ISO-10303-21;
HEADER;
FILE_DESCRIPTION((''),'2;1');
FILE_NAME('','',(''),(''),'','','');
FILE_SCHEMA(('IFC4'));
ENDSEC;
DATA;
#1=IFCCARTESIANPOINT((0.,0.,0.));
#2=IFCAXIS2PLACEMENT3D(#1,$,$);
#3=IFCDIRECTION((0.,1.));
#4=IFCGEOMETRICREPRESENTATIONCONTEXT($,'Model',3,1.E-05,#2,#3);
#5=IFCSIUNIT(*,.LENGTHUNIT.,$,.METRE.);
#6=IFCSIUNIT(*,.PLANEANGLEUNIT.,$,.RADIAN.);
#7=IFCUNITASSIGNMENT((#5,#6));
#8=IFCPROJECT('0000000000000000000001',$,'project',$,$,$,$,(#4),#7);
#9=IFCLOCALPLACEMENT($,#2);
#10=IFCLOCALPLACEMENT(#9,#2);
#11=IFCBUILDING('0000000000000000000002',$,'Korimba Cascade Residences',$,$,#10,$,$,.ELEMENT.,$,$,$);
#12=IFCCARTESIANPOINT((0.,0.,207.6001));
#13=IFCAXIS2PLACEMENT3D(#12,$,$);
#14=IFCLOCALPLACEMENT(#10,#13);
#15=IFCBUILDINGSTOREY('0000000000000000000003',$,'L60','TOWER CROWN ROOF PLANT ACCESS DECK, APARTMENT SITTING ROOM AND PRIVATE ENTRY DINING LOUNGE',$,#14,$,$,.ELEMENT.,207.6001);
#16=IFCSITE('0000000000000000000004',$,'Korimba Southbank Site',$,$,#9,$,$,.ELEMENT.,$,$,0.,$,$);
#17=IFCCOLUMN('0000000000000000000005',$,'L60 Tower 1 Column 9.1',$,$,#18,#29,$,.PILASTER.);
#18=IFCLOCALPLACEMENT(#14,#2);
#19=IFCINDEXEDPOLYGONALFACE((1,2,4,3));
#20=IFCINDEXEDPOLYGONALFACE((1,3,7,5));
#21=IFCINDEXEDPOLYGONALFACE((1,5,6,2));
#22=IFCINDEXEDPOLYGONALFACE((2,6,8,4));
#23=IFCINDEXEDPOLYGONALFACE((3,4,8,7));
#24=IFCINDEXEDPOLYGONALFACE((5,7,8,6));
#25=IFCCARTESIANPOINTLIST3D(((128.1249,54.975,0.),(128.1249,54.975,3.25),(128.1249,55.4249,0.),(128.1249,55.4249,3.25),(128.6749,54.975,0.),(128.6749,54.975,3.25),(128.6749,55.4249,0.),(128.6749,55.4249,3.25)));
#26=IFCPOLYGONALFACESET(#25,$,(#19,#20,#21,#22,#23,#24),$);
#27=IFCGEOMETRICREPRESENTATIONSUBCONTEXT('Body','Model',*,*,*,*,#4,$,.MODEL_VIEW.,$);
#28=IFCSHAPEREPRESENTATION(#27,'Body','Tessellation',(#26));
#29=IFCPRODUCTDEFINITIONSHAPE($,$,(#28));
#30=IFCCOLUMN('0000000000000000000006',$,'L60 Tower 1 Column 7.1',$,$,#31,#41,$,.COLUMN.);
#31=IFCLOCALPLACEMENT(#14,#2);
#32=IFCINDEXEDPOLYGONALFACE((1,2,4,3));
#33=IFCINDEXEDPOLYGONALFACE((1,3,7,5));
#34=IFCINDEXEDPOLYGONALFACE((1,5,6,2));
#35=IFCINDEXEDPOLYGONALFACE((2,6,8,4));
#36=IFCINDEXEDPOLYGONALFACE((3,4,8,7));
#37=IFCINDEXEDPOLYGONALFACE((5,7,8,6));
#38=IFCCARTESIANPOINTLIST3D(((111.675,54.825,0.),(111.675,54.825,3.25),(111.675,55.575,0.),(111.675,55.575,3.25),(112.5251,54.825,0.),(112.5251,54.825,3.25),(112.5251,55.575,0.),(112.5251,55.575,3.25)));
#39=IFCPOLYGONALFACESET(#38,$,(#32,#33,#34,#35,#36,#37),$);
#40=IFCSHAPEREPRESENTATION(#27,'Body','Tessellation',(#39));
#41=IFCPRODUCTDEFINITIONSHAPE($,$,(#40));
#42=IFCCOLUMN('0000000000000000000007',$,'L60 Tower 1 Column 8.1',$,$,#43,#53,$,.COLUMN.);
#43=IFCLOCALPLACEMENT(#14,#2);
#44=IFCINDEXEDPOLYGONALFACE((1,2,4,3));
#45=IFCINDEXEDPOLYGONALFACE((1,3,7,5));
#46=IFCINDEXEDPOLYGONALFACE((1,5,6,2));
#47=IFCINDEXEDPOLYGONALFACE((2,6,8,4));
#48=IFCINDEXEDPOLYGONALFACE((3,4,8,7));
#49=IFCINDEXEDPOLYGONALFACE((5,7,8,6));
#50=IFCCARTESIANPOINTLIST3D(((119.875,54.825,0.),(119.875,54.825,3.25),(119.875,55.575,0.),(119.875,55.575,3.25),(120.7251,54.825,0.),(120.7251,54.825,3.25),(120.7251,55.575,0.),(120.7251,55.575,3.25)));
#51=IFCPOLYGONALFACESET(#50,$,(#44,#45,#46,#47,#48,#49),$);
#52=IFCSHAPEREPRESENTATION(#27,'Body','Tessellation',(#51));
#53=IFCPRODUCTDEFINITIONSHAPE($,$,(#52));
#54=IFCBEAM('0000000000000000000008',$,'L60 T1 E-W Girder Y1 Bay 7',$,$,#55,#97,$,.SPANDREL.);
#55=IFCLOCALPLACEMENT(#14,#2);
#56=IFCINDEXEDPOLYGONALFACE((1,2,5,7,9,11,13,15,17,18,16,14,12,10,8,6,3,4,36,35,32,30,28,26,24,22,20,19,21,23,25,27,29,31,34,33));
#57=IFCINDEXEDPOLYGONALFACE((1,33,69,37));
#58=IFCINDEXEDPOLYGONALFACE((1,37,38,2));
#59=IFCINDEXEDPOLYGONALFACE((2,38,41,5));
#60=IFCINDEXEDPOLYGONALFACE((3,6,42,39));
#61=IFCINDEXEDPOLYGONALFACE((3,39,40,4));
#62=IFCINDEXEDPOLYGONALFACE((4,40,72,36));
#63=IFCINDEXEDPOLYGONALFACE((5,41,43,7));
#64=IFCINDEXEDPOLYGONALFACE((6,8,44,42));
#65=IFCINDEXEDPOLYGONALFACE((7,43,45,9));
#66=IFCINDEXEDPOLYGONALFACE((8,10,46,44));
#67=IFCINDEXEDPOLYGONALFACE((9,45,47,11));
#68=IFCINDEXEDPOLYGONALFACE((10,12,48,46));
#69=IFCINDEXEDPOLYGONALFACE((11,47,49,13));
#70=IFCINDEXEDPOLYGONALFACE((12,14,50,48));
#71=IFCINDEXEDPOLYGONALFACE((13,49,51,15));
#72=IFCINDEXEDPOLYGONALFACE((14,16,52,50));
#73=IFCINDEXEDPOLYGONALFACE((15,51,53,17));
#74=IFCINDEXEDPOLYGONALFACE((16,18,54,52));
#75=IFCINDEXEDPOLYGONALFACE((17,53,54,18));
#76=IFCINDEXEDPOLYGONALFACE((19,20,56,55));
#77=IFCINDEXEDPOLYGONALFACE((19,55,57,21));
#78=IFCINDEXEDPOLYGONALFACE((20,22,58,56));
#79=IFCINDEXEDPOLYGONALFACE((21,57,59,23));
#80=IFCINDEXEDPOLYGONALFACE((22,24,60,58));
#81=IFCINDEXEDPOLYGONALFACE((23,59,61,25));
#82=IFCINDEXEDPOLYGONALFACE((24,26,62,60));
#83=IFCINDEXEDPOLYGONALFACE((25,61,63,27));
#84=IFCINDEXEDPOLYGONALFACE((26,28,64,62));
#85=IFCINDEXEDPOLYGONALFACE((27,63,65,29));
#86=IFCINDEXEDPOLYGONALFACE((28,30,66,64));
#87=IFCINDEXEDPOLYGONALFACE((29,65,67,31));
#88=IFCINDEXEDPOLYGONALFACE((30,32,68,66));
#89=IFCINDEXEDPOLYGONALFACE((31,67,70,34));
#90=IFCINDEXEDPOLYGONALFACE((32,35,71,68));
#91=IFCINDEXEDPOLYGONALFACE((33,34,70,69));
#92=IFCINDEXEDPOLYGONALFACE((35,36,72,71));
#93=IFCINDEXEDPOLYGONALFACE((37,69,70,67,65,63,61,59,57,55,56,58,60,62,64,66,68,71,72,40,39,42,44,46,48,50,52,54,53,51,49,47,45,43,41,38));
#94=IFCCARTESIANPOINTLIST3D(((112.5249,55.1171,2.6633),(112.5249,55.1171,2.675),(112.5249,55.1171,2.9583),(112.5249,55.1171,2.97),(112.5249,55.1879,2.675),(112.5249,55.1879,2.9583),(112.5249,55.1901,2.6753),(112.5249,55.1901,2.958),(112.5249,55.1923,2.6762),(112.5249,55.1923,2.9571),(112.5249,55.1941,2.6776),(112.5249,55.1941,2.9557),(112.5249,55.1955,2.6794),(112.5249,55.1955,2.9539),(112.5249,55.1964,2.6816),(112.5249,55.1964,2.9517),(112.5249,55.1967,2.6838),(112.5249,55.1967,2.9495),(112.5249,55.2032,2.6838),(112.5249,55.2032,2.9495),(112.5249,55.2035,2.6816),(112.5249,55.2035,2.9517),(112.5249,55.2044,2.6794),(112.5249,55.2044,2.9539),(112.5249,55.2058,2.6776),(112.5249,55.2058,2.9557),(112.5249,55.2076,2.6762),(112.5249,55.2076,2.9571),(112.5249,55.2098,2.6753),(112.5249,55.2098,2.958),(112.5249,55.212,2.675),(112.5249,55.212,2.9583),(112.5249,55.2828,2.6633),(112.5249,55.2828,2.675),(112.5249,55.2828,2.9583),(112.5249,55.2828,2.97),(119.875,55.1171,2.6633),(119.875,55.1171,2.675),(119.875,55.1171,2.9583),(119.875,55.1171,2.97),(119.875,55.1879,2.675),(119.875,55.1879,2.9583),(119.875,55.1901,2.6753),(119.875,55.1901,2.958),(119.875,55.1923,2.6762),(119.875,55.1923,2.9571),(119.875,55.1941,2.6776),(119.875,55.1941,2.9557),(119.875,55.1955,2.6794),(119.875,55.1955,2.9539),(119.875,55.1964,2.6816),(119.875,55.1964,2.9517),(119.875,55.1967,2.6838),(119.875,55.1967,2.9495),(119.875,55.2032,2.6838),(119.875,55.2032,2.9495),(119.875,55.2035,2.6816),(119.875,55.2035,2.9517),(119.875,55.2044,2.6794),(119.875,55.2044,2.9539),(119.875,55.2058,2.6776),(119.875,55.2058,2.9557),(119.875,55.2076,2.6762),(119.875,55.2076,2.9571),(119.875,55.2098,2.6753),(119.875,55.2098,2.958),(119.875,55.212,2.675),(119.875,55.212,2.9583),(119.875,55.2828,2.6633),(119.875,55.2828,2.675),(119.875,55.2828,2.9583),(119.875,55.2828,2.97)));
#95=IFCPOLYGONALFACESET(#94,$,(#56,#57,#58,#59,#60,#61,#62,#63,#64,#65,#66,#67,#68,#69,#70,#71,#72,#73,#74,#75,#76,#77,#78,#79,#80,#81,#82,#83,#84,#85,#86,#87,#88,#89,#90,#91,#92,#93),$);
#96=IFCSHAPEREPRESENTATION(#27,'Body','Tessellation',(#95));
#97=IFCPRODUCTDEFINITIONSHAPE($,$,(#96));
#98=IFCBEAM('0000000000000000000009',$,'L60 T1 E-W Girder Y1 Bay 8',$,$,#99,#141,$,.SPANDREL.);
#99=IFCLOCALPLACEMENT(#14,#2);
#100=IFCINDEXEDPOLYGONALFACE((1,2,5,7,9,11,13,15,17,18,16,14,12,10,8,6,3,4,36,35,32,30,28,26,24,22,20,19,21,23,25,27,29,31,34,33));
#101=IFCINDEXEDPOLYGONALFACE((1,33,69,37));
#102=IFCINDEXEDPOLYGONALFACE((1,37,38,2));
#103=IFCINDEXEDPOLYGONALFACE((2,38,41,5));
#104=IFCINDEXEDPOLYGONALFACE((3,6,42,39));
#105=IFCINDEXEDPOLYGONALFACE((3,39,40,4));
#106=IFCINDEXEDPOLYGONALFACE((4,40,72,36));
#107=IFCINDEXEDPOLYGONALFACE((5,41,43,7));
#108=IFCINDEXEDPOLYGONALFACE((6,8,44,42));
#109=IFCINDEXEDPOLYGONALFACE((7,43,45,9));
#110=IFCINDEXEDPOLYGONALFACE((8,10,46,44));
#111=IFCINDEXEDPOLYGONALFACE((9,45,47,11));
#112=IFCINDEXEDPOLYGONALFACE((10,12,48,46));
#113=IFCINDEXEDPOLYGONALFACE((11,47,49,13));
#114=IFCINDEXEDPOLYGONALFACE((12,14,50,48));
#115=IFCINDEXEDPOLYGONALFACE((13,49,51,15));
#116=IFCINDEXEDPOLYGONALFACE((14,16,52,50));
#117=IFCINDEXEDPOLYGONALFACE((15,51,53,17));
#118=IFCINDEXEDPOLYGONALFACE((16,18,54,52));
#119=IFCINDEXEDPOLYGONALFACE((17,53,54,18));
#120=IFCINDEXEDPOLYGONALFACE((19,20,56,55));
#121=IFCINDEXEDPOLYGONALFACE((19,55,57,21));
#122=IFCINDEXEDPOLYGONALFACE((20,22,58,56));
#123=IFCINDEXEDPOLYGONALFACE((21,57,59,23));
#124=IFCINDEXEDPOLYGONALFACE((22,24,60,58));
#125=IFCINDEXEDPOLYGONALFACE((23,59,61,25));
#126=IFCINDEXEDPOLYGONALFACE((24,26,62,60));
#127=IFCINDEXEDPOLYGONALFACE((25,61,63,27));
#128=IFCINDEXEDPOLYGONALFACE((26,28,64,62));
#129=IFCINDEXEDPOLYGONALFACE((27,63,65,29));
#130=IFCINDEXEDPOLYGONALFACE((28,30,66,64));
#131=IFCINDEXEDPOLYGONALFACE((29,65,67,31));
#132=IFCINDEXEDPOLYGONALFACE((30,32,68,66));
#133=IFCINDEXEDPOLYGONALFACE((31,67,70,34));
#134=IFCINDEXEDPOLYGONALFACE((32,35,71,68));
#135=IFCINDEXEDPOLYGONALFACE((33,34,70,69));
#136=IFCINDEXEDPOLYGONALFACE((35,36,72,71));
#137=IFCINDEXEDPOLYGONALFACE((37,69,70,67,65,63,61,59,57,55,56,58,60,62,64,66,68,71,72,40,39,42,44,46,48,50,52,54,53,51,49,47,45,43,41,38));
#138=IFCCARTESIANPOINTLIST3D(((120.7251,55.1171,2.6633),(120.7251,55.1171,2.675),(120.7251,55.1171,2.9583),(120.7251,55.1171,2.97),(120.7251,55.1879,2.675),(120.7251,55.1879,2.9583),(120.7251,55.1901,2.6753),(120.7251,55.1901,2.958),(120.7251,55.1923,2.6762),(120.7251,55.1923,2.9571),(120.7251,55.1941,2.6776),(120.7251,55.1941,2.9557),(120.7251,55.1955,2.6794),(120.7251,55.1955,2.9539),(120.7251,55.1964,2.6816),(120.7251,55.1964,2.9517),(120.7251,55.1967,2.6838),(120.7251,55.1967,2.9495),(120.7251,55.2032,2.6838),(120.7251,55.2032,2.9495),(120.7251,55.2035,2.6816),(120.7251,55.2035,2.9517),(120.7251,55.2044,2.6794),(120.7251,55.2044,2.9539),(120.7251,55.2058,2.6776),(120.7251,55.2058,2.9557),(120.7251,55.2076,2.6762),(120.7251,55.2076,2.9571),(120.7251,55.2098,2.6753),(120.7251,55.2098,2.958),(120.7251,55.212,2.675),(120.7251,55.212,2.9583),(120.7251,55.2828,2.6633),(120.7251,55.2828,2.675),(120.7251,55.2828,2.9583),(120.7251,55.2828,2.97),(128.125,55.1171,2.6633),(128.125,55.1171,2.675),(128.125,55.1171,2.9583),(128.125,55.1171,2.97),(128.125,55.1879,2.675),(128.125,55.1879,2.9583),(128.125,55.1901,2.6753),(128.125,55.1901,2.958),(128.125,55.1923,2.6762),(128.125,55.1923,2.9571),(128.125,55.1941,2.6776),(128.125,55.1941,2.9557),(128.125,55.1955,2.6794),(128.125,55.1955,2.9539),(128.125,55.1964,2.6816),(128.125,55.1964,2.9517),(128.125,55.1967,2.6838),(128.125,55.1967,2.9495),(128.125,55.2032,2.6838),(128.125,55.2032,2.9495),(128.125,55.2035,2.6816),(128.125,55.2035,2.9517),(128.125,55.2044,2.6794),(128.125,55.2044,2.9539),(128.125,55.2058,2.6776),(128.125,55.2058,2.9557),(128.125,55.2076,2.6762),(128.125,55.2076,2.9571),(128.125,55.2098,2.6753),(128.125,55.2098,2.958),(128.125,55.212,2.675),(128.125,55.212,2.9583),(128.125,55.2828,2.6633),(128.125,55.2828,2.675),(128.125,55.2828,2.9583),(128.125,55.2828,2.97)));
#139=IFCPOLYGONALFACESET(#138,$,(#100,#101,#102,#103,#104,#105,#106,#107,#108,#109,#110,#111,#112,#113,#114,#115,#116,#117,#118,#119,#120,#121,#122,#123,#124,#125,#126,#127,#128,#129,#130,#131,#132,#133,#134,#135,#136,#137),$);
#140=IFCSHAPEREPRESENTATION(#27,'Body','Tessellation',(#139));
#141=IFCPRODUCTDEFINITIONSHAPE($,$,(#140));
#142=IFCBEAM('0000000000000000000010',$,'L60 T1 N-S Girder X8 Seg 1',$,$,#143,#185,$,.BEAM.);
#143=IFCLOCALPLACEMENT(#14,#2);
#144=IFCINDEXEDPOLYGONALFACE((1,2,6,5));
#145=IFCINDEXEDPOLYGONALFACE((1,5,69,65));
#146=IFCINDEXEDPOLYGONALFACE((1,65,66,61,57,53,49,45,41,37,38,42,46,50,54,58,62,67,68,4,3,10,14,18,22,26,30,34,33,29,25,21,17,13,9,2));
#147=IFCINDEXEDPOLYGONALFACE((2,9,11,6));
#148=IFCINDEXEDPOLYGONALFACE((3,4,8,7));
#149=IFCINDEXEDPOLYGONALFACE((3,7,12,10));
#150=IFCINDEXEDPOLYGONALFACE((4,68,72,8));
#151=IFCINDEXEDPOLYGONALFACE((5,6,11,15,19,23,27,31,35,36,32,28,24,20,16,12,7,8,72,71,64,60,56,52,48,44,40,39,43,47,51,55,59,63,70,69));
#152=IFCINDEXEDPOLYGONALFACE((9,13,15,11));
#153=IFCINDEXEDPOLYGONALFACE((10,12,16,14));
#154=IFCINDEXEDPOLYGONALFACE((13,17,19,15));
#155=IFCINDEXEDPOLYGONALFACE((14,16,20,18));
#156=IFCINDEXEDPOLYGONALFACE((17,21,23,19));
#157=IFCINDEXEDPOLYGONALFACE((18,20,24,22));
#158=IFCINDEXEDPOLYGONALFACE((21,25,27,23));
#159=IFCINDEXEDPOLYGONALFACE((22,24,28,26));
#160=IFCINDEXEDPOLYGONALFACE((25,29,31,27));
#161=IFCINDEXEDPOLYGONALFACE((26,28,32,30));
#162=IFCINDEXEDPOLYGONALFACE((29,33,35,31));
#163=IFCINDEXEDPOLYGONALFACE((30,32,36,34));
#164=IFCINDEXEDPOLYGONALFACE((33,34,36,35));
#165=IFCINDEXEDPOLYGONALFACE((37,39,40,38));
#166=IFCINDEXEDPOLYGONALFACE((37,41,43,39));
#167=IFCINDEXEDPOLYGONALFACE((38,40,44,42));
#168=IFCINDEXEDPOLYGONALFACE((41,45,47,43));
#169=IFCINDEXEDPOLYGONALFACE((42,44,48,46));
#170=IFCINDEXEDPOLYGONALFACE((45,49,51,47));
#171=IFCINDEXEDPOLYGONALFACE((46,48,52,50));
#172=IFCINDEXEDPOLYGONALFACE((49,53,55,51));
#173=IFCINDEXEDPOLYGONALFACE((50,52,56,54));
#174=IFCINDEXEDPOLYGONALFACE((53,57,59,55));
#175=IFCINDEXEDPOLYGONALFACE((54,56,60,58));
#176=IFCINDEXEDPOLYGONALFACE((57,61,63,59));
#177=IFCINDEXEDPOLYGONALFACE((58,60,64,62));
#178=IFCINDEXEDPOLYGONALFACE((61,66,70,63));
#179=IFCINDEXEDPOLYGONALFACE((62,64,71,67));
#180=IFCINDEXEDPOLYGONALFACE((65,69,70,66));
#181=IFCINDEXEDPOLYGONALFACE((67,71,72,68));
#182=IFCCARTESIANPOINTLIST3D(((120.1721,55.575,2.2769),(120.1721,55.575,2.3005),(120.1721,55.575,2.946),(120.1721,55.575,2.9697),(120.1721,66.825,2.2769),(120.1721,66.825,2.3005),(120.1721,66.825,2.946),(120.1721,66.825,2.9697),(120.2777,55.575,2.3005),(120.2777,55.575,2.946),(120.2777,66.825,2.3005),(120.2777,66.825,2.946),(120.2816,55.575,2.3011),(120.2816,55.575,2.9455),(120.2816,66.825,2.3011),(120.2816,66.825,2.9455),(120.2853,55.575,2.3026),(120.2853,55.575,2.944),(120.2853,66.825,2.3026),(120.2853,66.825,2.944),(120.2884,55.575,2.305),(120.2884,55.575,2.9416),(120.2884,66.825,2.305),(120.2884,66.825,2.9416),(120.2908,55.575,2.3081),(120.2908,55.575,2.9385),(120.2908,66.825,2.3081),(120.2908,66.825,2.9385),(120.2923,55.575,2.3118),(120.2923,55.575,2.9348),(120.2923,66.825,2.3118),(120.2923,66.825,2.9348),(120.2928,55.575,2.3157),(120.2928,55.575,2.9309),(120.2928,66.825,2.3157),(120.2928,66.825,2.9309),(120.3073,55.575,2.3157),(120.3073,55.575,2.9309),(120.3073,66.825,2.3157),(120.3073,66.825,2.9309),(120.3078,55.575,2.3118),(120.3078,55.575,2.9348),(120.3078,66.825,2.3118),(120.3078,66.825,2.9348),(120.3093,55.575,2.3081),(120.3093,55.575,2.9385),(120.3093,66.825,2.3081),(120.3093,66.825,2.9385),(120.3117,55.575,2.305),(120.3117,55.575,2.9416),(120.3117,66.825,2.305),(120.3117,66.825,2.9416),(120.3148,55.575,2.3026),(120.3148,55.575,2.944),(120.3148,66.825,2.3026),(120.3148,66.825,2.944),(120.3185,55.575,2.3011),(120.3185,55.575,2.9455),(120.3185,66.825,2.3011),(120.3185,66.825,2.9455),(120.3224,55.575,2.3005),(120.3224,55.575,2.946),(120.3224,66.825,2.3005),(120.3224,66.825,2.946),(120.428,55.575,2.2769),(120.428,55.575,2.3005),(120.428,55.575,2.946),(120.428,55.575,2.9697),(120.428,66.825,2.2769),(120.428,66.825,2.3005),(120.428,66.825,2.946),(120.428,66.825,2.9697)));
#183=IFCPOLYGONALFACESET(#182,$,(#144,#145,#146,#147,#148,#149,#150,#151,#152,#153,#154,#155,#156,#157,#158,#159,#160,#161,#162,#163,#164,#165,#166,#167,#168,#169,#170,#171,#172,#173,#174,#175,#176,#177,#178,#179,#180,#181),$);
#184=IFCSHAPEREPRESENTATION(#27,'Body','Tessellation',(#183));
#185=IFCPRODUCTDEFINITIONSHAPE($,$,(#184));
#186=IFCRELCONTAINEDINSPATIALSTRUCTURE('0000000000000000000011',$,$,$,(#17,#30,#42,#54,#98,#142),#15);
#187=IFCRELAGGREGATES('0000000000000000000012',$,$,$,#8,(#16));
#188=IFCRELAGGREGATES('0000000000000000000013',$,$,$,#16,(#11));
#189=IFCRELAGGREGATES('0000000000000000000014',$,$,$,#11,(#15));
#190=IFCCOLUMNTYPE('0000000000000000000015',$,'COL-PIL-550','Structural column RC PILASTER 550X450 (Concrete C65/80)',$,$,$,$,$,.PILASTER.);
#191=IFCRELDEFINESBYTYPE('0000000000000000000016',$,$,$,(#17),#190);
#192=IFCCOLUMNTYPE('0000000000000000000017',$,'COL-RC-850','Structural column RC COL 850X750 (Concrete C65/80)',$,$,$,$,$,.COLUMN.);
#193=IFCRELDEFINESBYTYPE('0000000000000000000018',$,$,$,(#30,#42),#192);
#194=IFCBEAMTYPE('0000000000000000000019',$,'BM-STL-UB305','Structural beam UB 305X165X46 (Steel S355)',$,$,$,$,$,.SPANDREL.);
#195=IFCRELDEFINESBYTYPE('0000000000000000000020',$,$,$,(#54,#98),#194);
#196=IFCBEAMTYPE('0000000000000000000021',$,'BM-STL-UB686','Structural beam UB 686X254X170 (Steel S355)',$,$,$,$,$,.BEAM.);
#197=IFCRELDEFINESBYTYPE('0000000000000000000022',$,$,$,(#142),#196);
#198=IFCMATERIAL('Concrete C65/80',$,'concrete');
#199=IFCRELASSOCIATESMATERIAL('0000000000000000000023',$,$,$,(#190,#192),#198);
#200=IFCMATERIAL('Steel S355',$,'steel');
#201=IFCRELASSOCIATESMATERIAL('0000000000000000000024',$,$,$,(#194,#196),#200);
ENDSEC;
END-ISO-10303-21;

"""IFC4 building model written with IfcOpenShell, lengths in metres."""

from ifc_helpers import new_model, si_unit, direction, frame, origin, origin_2d, place, context, subcontext, project, spatial, rectangle, i_section, extrude, material, material_profile, profile_set, type_object, element, save


model = new_model("IFC4")

# Units and contexts
model_context = context("Model", 3, precision=1e-05, world=origin(), true_north=direction((0.0, 1.0)))
body_context = subcontext(model_context, "Body", "Model", "MODEL_VIEW")
ifc_project = project(units=[si_unit("LENGTHUNIT", "METRE"), si_unit("PLANEANGLEUNIT", "RADIAN")], contexts=[model_context])

# Site, building, storey
site_placement = place(None, origin())
site = spatial("IfcSite", under=ifc_project, at=site_placement, Name="Korimba Southbank Site", CompositionType="ELEMENT", RefElevation=0.0)
building_placement = place(site_placement, origin())
building = spatial("IfcBuilding", under=site, at=building_placement, Name="Korimba Cascade Residences", CompositionType="ELEMENT")
storey_placement = place(building_placement, frame((0.0, 0.0, 207.6001)))
storey = spatial("IfcBuildingStorey", under=building, at=storey_placement, Name="L60", Description="TOWER CROWN ROOF PLANT ACCESS DECK, APARTMENT SITTING ROOM AND PRIVATE ENTRY DINING LOUNGE", CompositionType="ELEMENT", Elevation=207.6001)

# Columns
ifc_material_1 = material(Name="Concrete C65/80", Category="concrete")
ifc_material_profile_1 = material_profile(ifc_material_1, rectangle(XDim=0.55, YDim=0.45, at=origin_2d()), Name="Concrete C65/80")
ifc_profile_set_1 = profile_set([ifc_material_profile_1], Name="Concrete C65/80")
column_type_1 = type_object("IfcColumnType", Name="COL-PIL-550", Description="Structural column RC PILASTER 550X450 (Concrete C65/80)", PredefinedType="PILASTER", material=ifc_profile_set_1)
column_placement = place(storey_placement, frame((128.3999, 55.2, 0.0), z_axis=(0.0, 0.0, 1.0), x_axis=(1.0, 0.0, 0.0)))
element("IfcColumn", 1, at=column_placement, inside=storey, type_object=column_type_1, Name="L60 Tower 1 Column 9.1", PredefinedType="PILASTER", context=body_context, shape_type="SweptSolid", body=[
    extrude(rectangle(XDim=0.55, YDim=0.45, at=origin_2d()), origin(), (0.0, 0.0, 1.0), 3.25),
])
ifc_material_profile_2 = material_profile(ifc_material_1, rectangle(XDim=0.8501, YDim=0.75, at=origin_2d()), Name="Concrete C65/80")
ifc_profile_set_2 = profile_set([ifc_material_profile_2], Name="Concrete C65/80")
column_type_2 = type_object("IfcColumnType", Name="COL-RC-850", Description="Structural column RC COL 850X750 (Concrete C65/80)", PredefinedType="COLUMN", material=ifc_profile_set_2)
for number, where, z_axis, x_axis, name in (
    (2, (112.1001, 55.2, 0.0), (0.0, 0.0, 1.0), (1.0, 0.0, 0.0), "L60 Tower 1 Column 7.1"),
    (3, (120.3, 55.2, 0.0), (0.0, 0.0, 1.0), (1.0, 0.0, 0.0), "L60 Tower 1 Column 8.1"),
):
    element("IfcColumn", number, at=place(storey_placement, frame(where, z_axis=z_axis, x_axis=x_axis)), inside=storey, type_object=column_type_2, Name=name, PredefinedType="COLUMN", context=body_context, shape_type="SweptSolid", body=[
        extrude(rectangle(XDim=0.8501, YDim=0.75, at=origin_2d()), origin(), (0.0, 0.0, 1.0), 3.25),
    ])

# Beams
ifc_material_2 = material(Name="Steel S355", Category="steel")
ifc_material_profile_3 = material_profile(ifc_material_2, i_section(OverallWidth=0.1658, OverallDepth=0.3066, WebThickness=0.0066, FlangeThickness=0.0117, FilletRadius=0.0088, at=origin_2d()), Name="Steel S355")
ifc_profile_set_3 = profile_set([ifc_material_profile_3], Name="Steel S355")
beam_type_1 = type_object("IfcBeamType", Name="BM-STL-UB305", Description="Structural beam UB 305X165X46 (Steel S355)", PredefinedType="SPANDREL", material=ifc_profile_set_3)
beam_1_placement = place(storey_placement, frame((112.5249, 55.2, 2.8167), z_axis=(1.0, 0.0, 0.0), x_axis=(0.0, 1.0, 0.0)))
element("IfcBeam", 4, at=beam_1_placement, inside=storey, type_object=beam_type_1, Name="L60 T1 E-W Girder Y1 Bay 7", PredefinedType="SPANDREL", context=body_context, shape_type="SweptSolid", body=[
    extrude(i_section(OverallWidth=0.1658, OverallDepth=0.3066, WebThickness=0.0066, FlangeThickness=0.0117, FilletRadius=0.0088, at=origin_2d()), origin(), (0.0, 0.0, 1.0), 7.3501),
])
beam_2_placement = place(storey_placement, frame((120.7251, 55.2, 2.8167), z_axis=(1.0, 0.0, 0.0), x_axis=(0.0, 1.0, 0.0)))
element("IfcBeam", 5, at=beam_2_placement, inside=storey, type_object=beam_type_1, Name="L60 T1 E-W Girder Y1 Bay 8", PredefinedType="SPANDREL", context=body_context, shape_type="SweptSolid", body=[
    extrude(i_section(OverallWidth=0.1658, OverallDepth=0.3066, WebThickness=0.0066, FlangeThickness=0.0117, FilletRadius=0.0088, at=origin_2d()), origin(), (0.0, 0.0, 1.0), 7.3999),
])
ifc_material_profile_4 = material_profile(ifc_material_2, i_section(OverallWidth=0.2559, OverallDepth=0.6929, WebThickness=0.0144, FlangeThickness=0.0237, FilletRadius=0.0151, at=origin_2d()), Name="Steel S355")
ifc_profile_set_4 = profile_set([ifc_material_profile_4], Name="Steel S355")
beam_type_2 = type_object("IfcBeamType", Name="BM-STL-UB686", Description="Structural beam UB 686X254X170 (Steel S355)", PredefinedType="BEAM", material=ifc_profile_set_4)
beam_3_placement = place(storey_placement, frame((120.3, 55.575, 2.6233), z_axis=(0.0, 1.0, 0.0), x_axis=(-1.0, 0.0, 0.0)))
element("IfcBeam", 6, at=beam_3_placement, inside=storey, type_object=beam_type_2, Name="L60 T1 N-S Girder X8 Seg 1", PredefinedType="BEAM", context=body_context, shape_type="SweptSolid", body=[
    extrude(i_section(OverallWidth=0.2559, OverallDepth=0.6929, WebThickness=0.0144, FlangeThickness=0.0237, FilletRadius=0.0151, at=origin_2d()), origin(), (0.0, 0.0, 1.0), 11.25),
])

save(model, "model.ifc")
